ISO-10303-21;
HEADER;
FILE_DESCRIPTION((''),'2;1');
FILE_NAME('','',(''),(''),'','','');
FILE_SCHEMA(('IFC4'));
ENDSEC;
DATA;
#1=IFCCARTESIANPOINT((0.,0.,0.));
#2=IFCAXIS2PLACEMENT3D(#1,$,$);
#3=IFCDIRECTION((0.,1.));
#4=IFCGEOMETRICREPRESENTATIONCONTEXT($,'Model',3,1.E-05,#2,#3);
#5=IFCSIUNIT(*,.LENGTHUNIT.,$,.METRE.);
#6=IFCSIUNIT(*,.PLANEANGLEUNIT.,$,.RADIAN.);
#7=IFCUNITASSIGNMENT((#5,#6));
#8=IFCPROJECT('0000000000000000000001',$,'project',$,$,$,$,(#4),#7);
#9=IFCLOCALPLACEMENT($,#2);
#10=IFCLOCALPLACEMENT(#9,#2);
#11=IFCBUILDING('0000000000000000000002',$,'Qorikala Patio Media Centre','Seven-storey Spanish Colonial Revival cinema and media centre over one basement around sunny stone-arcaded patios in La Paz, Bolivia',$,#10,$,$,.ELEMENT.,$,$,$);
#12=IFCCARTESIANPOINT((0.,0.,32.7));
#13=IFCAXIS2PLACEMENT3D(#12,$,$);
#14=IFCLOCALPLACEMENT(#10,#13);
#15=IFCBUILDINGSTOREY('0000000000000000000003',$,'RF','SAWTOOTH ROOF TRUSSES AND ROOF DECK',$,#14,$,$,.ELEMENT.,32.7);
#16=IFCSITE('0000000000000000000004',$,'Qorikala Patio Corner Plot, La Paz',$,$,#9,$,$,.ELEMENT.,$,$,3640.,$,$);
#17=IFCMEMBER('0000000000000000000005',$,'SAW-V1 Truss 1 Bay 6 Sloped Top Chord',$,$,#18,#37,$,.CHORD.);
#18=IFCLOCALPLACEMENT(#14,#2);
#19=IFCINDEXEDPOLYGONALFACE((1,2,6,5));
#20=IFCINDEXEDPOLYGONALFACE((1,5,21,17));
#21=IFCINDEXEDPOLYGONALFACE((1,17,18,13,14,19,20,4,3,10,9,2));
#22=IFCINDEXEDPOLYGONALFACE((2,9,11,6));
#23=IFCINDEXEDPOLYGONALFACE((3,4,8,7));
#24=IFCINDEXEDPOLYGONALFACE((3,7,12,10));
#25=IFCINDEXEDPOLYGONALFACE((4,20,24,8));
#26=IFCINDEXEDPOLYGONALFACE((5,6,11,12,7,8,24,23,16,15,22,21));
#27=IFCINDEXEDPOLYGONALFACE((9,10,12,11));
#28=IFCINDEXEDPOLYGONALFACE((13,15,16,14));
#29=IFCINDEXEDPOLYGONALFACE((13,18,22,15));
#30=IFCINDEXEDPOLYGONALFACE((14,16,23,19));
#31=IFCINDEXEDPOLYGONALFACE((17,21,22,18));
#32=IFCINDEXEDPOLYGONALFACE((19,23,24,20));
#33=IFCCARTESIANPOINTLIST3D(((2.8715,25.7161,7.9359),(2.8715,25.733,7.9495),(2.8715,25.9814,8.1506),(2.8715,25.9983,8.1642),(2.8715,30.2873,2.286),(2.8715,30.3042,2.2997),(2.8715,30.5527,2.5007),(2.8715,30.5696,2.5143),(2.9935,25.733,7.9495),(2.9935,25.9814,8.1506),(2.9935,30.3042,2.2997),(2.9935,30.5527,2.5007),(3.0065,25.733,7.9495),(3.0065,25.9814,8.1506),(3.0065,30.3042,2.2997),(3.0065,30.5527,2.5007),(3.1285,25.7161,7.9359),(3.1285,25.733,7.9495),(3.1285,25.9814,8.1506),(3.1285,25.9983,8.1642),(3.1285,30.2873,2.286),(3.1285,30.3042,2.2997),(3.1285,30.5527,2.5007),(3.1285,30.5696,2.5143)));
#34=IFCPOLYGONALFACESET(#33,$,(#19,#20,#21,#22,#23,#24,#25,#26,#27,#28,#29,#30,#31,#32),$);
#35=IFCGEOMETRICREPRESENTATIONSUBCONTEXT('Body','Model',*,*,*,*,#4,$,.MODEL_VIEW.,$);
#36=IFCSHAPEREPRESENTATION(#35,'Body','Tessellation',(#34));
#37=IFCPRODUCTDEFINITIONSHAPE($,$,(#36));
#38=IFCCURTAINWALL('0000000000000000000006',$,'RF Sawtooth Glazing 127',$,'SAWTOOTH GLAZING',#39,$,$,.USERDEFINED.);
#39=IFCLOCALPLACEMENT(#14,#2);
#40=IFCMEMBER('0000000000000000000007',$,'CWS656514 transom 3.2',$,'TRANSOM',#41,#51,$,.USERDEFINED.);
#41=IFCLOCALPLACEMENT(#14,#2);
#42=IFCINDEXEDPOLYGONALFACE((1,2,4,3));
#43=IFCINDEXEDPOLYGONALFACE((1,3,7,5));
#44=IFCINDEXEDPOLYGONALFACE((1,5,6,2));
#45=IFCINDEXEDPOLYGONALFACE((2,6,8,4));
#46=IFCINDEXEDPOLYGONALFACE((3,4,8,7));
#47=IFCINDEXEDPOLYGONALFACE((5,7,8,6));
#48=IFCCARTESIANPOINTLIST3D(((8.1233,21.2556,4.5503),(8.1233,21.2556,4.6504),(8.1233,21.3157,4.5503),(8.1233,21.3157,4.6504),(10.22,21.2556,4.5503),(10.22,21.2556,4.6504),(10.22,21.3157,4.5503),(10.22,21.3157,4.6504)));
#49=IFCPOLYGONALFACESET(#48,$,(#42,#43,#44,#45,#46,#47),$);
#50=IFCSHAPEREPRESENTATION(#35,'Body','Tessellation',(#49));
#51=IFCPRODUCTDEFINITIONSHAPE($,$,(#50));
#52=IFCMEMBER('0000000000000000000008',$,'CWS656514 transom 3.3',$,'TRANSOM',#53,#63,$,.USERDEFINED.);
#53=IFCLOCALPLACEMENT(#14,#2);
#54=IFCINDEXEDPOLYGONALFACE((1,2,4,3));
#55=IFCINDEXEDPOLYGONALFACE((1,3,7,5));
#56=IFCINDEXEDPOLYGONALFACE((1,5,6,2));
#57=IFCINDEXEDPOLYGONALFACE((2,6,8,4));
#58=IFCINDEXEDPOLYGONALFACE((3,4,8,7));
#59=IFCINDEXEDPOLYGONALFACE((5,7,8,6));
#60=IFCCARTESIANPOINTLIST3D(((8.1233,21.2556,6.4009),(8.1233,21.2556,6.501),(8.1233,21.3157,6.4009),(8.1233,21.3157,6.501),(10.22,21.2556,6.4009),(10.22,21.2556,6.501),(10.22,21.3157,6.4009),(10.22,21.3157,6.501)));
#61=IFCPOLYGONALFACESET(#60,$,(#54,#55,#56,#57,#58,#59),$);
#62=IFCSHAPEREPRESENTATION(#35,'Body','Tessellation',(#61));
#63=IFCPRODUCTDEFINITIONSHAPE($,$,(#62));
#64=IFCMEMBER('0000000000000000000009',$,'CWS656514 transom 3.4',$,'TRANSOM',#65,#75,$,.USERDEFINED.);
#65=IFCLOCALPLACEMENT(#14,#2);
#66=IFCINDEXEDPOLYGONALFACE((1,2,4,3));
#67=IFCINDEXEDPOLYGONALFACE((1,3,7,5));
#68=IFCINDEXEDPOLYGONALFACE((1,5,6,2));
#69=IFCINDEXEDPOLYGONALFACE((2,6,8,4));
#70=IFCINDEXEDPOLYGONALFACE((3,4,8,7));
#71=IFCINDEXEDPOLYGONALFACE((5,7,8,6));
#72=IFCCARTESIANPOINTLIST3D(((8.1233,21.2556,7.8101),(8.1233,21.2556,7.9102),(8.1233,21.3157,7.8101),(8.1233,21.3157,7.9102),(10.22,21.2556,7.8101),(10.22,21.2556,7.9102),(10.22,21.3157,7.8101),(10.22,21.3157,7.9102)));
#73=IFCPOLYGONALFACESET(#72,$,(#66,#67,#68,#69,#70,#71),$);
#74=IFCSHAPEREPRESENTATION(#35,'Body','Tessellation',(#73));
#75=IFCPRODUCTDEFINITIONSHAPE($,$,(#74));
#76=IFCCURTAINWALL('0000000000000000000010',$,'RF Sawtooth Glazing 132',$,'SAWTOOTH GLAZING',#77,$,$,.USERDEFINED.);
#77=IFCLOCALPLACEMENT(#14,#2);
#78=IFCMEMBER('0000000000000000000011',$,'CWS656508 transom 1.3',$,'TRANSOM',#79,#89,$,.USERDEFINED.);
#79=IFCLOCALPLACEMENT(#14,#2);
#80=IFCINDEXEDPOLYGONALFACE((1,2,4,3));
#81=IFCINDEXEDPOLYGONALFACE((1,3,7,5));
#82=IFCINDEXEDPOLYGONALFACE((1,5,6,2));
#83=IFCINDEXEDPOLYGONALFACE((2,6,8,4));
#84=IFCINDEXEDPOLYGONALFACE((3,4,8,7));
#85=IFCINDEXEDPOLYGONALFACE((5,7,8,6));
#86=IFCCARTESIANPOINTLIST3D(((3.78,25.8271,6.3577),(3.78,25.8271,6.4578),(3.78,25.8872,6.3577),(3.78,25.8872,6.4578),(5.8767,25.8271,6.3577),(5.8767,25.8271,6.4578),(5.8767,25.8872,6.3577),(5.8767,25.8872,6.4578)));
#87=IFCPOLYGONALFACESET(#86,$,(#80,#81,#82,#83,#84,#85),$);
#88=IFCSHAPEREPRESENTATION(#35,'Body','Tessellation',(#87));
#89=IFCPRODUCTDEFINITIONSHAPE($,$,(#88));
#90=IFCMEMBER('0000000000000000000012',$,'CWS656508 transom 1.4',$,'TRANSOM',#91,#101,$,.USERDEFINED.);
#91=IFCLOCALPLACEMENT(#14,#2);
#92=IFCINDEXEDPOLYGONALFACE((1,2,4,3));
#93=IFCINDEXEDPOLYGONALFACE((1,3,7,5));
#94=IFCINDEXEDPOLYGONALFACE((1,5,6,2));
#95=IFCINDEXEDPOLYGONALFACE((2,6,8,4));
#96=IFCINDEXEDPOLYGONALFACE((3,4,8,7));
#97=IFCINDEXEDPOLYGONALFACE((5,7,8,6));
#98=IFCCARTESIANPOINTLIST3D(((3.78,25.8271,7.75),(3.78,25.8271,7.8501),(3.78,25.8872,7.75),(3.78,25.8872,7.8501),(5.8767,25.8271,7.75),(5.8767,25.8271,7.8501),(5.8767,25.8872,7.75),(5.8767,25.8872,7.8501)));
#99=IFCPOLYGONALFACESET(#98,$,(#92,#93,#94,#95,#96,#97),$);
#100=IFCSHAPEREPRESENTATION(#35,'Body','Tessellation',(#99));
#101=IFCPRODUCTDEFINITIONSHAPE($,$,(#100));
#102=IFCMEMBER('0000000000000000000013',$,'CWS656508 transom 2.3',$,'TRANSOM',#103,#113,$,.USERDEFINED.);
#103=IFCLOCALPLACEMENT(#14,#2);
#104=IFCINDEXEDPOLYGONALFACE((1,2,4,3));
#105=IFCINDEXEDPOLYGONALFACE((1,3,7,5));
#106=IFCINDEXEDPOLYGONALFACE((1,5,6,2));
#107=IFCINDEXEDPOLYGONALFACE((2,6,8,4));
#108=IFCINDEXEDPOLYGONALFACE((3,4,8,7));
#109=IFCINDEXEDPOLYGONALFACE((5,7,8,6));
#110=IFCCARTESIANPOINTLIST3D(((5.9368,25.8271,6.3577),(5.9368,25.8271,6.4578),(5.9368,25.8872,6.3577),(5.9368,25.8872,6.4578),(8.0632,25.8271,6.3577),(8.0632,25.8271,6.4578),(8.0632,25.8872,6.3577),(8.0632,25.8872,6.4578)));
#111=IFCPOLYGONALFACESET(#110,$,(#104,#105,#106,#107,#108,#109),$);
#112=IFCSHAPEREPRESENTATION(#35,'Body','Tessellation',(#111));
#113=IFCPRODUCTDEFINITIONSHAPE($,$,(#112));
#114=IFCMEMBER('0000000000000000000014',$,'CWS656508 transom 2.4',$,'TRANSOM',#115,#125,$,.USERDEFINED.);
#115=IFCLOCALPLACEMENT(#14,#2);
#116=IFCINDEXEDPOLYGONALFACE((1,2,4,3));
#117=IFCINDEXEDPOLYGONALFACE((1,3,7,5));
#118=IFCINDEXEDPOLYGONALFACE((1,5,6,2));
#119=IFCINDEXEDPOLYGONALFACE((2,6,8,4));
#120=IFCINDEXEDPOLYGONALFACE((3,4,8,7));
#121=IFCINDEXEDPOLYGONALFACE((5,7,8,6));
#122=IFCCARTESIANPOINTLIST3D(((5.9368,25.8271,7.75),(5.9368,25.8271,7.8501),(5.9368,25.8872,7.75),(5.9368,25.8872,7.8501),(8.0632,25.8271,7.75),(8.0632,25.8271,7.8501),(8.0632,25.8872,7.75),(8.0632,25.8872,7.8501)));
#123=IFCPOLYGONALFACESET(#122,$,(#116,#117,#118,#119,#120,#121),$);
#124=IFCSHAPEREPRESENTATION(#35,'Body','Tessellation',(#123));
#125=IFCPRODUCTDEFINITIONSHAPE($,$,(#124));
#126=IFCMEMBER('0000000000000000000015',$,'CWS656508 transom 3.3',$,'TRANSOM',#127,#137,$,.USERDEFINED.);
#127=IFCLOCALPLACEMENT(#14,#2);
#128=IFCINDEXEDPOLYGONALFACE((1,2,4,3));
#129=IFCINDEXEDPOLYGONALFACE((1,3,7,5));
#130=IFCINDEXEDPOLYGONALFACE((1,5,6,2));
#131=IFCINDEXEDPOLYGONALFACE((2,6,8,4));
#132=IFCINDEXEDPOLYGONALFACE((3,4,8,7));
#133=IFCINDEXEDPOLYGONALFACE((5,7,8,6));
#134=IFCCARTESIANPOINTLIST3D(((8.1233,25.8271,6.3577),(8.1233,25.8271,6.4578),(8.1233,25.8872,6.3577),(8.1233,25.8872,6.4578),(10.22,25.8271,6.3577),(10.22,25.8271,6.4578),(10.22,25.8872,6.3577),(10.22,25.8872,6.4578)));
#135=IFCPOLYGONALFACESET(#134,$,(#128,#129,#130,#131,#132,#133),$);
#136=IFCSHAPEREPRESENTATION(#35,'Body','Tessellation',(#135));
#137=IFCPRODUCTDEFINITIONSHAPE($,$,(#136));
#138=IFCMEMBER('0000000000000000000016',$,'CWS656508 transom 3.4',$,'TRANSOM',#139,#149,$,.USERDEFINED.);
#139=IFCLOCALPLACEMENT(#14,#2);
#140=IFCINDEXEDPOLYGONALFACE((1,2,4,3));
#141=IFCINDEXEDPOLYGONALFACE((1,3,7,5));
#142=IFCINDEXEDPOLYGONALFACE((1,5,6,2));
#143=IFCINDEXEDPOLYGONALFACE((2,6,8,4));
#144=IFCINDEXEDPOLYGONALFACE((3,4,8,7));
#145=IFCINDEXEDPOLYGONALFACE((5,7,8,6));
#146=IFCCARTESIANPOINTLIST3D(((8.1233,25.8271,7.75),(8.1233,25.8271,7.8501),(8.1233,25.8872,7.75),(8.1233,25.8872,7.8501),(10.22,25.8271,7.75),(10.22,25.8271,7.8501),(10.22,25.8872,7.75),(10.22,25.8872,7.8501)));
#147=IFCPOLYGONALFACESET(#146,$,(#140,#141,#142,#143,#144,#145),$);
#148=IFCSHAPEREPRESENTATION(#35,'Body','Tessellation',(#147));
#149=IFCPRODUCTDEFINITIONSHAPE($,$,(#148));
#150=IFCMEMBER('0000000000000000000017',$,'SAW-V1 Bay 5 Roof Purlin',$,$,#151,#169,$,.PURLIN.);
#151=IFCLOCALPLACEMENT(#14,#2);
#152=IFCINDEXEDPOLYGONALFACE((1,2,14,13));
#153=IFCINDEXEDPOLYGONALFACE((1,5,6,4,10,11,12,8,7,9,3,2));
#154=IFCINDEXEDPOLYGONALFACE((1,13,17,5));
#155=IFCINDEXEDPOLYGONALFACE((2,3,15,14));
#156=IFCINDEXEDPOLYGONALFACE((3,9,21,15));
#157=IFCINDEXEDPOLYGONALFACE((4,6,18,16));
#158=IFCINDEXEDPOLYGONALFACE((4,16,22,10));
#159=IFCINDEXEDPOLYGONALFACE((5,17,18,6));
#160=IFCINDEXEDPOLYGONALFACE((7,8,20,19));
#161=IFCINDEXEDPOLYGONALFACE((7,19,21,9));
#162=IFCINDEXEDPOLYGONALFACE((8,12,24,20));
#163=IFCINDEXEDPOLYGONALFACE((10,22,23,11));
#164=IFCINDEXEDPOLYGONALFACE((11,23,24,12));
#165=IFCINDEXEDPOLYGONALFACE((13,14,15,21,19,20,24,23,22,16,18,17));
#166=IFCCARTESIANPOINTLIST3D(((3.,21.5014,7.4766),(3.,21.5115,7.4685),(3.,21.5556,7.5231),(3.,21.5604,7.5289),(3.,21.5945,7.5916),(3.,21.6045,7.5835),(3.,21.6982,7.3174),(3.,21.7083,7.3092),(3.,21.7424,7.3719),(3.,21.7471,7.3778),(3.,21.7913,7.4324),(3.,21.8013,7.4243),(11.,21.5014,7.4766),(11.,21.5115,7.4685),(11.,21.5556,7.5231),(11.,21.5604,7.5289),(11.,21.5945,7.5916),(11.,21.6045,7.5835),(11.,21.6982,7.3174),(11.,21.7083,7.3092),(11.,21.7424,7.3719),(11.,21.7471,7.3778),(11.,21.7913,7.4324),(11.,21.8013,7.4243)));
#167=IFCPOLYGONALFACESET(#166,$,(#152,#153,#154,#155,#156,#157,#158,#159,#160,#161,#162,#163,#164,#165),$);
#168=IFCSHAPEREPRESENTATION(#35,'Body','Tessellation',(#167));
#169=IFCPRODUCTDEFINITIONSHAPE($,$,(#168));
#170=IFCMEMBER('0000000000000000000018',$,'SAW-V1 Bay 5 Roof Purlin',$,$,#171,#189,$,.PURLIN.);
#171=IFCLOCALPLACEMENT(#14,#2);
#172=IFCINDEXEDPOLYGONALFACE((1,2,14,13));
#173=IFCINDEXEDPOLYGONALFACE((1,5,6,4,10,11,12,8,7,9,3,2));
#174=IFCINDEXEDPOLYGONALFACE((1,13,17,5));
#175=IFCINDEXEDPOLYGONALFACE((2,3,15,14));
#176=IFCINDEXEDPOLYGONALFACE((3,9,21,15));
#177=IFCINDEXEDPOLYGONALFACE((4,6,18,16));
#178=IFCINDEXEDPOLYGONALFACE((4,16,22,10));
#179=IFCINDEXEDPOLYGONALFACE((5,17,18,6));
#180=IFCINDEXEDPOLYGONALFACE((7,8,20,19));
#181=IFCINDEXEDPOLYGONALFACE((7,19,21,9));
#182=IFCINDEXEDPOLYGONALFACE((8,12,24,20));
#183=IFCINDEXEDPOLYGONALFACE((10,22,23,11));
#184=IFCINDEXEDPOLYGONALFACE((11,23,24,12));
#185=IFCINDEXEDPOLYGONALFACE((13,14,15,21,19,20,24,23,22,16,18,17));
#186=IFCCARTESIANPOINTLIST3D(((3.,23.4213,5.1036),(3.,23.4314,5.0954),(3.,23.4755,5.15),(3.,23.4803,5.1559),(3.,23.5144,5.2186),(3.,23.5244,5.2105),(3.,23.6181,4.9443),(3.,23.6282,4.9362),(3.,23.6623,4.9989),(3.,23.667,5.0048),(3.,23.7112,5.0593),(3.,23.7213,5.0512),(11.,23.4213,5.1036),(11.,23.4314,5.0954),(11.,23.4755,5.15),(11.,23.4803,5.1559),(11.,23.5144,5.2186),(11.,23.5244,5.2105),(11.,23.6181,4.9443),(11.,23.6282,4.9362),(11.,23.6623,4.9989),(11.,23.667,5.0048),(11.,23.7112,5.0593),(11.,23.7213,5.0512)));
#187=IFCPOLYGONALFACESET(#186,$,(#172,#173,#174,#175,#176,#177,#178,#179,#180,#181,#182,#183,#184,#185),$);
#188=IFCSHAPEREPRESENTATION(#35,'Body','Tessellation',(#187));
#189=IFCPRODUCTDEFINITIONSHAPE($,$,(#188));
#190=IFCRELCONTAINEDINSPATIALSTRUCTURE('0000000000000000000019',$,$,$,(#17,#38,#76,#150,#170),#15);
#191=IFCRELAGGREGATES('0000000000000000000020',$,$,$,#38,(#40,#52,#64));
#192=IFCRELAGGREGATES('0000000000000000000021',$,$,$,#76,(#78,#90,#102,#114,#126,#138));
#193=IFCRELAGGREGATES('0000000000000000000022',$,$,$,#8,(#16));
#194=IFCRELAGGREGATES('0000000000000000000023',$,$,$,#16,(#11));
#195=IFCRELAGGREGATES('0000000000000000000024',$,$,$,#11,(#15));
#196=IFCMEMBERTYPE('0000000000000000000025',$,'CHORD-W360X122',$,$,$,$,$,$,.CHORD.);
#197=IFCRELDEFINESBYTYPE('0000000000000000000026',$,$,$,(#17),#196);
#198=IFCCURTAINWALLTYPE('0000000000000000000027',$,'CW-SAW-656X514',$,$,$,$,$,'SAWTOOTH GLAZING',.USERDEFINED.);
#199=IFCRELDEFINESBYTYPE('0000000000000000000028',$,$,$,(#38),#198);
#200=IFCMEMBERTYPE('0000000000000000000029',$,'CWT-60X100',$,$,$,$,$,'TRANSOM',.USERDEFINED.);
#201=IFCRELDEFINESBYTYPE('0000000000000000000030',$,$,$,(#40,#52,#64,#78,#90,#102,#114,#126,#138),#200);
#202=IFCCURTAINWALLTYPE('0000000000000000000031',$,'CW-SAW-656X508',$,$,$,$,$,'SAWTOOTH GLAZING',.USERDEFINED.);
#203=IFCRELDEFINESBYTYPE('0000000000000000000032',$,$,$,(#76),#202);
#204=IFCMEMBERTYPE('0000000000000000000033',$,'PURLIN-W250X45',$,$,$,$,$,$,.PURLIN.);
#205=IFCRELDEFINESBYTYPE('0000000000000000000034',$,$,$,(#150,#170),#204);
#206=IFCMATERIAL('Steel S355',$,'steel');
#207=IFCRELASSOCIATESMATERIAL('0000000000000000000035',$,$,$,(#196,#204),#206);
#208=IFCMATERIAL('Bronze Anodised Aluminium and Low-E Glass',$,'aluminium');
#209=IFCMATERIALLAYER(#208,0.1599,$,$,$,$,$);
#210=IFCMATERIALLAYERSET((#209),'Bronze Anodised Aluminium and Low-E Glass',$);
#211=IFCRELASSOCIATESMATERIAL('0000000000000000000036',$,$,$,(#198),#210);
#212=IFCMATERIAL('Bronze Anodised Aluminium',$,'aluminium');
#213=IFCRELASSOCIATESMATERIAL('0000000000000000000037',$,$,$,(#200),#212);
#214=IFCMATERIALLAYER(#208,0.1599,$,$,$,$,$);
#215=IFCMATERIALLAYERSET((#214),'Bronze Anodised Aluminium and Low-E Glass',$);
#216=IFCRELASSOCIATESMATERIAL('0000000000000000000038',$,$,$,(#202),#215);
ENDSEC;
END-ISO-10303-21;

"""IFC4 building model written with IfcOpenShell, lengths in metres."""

from ifc_helpers import new_model, si_unit, direction, frame, origin, origin_2d, place, context, subcontext, project, spatial, rectangle, i_section, extrude, material, layer, layer_set, material_profile, profile_set, type_object, element, aggregate, save


model = new_model("IFC4")

# Units and contexts
model_context = context("Model", 3, precision=1e-05, world=origin(), true_north=direction((0.0, 1.0)))
body_context = subcontext(model_context, "Body", "Model", "MODEL_VIEW")
ifc_project = project(units=[si_unit("LENGTHUNIT", "METRE"), si_unit("PLANEANGLEUNIT", "RADIAN")], contexts=[model_context])

# Site, building, storey
site_placement = place(None, origin())
site = spatial("IfcSite", under=ifc_project, at=site_placement, Name="Qorikala Patio Corner Plot, La Paz", CompositionType="ELEMENT", RefElevation=3640.0)
building_placement = place(site_placement, origin())
building = spatial("IfcBuilding", under=site, at=building_placement, Name="Qorikala Patio Media Centre", Description="Seven-storey Spanish Colonial Revival cinema and media centre over one basement around sunny stone-arcaded patios in La Paz, Bolivia", CompositionType="ELEMENT")
storey_placement = place(building_placement, frame((0.0, 0.0, 32.7)))
storey = spatial("IfcBuildingStorey", under=building, at=storey_placement, Name="RF", Description="SAWTOOTH ROOF TRUSSES AND ROOF DECK", CompositionType="ELEMENT", Elevation=32.7)

# Member
ifc_material_1 = material(Name="Steel S355", Category="steel")
ifc_material_profile_1 = material_profile(ifc_material_1, i_section(OverallWidth=0.2571, OverallDepth=0.363, WebThickness=0.0129, FlangeThickness=0.0217, at=origin_2d()), Name="W360X122")
ifc_profile_set_1 = profile_set([ifc_material_profile_1], Name="Steel S355")
member_type_1 = type_object("IfcMemberType", Name="CHORD-W360X122", PredefinedType="CHORD", material=ifc_profile_set_1)
member_1_placement = place(storey_placement, frame((3.0, 25.8572, 8.05), z_axis=(0.0, 0.628995, -0.777409), x_axis=(-1.0, 0.0, 0.0)))
element("IfcMember", 1, at=member_1_placement, inside=storey, type_object=member_type_1, Name="SAW-V1 Truss 1 Bay 6 Sloped Top Chord", PredefinedType="CHORD", context=body_context, shape_type="SweptSolid", body=[
    extrude(i_section(OverallWidth=0.2571, OverallDepth=0.363, WebThickness=0.0129, FlangeThickness=0.0217, at=origin_2d()), origin(), (0.0, 0.0, 1.0), 7.2676),
])

# Curtain walls, members
ifc_material_2 = material(Name="Bronze Anodised Aluminium and Low-E Glass", Category="aluminium")
ifc_layer_1 = layer(ifc_material_2, 0.1599)
ifc_layer_set_1 = layer_set([ifc_layer_1], Name="Bronze Anodised Aluminium and Low-E Glass")
curtain_wall_type_1 = type_object("IfcCurtainWallType", Name="CW-SAW-656X514", ElementType="SAWTOOTH GLAZING", PredefinedType="USERDEFINED", material=ifc_layer_set_1)
curtain_wall_1_placement = place(storey_placement, origin())
curtain_wall_1 = element("IfcCurtainWall", 2, at=curtain_wall_1_placement, inside=storey, type_object=curtain_wall_type_1, Name="RF Sawtooth Glazing 127", ObjectType="SAWTOOTH GLAZING", PredefinedType="USERDEFINED")
ifc_material_3 = material(Name="Bronze Anodised Aluminium", Category="aluminium")
ifc_material_profile_2 = material_profile(ifc_material_3, rectangle(XDim=0.0601, YDim=0.1001, at=origin_2d()), Name="ALU TRANSOM 60x100")
ifc_profile_set_2 = profile_set([ifc_material_profile_2], Name="Bronze Anodised Aluminium")
member_type_2 = type_object("IfcMemberType", Name="CWT-60X100", ElementType="TRANSOM", PredefinedType="USERDEFINED", material=ifc_profile_set_2)
member_2_placement = place(storey_placement, frame((8.1233, 21.2856, 4.6003), z_axis=(1.0, 0.0, 0.0), x_axis=(0.0, 1.0, 0.0)))
member_2 = element("IfcMember", 3, at=member_2_placement, type_object=member_type_2, Name="CWS656514 transom 3.2", ObjectType="TRANSOM", PredefinedType="USERDEFINED", context=body_context, shape_type="SweptSolid", body=[
    extrude(rectangle(XDim=0.0601, YDim=0.1001, at=origin_2d()), origin(), (0.0, 0.0, 1.0), 2.0967),
])
member_3_placement = place(storey_placement, frame((8.1233, 21.2856, 6.4509), z_axis=(1.0, 0.0, 0.0), x_axis=(0.0, 1.0, 0.0)))
member_3 = element("IfcMember", 4, at=member_3_placement, type_object=member_type_2, Name="CWS656514 transom 3.3", ObjectType="TRANSOM", PredefinedType="USERDEFINED", context=body_context, shape_type="SweptSolid", body=[
    extrude(rectangle(XDim=0.0601, YDim=0.1001, at=origin_2d()), origin(), (0.0, 0.0, 1.0), 2.0967),
])
member_4_placement = place(storey_placement, frame((8.1233, 21.2856, 7.8601), z_axis=(1.0, 0.0, 0.0), x_axis=(0.0, 1.0, 0.0)))
member_4 = element("IfcMember", 5, at=member_4_placement, type_object=member_type_2, Name="CWS656514 transom 3.4", ObjectType="TRANSOM", PredefinedType="USERDEFINED", context=body_context, shape_type="SweptSolid", body=[
    extrude(rectangle(XDim=0.0601, YDim=0.1001, at=origin_2d()), origin(), (0.0, 0.0, 1.0), 2.0967),
])
ifc_layer_2 = layer(ifc_material_2, 0.1599)
ifc_layer_set_2 = layer_set([ifc_layer_2], Name="Bronze Anodised Aluminium and Low-E Glass")
curtain_wall_type_2 = type_object("IfcCurtainWallType", Name="CW-SAW-656X508", ElementType="SAWTOOTH GLAZING", PredefinedType="USERDEFINED", material=ifc_layer_set_2)
curtain_wall_2_placement = place(storey_placement, origin())
curtain_wall_2 = element("IfcCurtainWall", 6, at=curtain_wall_2_placement, inside=storey, type_object=curtain_wall_type_2, Name="RF Sawtooth Glazing 132", ObjectType="SAWTOOTH GLAZING", PredefinedType="USERDEFINED")
member_5_placement = place(storey_placement, frame((3.78, 25.8572, 6.4077), z_axis=(1.0, 0.0, 0.0), x_axis=(0.0, 1.0, 0.0)))
member_5 = element("IfcMember", 7, at=member_5_placement, type_object=member_type_2, Name="CWS656508 transom 1.3", ObjectType="TRANSOM", PredefinedType="USERDEFINED", context=body_context, shape_type="SweptSolid", body=[
    extrude(rectangle(XDim=0.0601, YDim=0.1001, at=origin_2d()), origin(), (0.0, 0.0, 1.0), 2.0967),
])
member_6_placement = place(storey_placement, frame((3.78, 25.8572, 7.8), z_axis=(1.0, 0.0, 0.0), x_axis=(0.0, 1.0, 0.0)))
member_6 = element("IfcMember", 8, at=member_6_placement, type_object=member_type_2, Name="CWS656508 transom 1.4", ObjectType="TRANSOM", PredefinedType="USERDEFINED", context=body_context, shape_type="SweptSolid", body=[
    extrude(rectangle(XDim=0.0601, YDim=0.1001, at=origin_2d()), origin(), (0.0, 0.0, 1.0), 2.0967),
])
member_7_placement = place(storey_placement, frame((5.9368, 25.8572, 6.4077), z_axis=(1.0, 0.0, 0.0), x_axis=(0.0, 1.0, 0.0)))
member_7 = element("IfcMember", 9, at=member_7_placement, type_object=member_type_2, Name="CWS656508 transom 2.3", ObjectType="TRANSOM", PredefinedType="USERDEFINED", context=body_context, shape_type="SweptSolid", body=[
    extrude(rectangle(XDim=0.0601, YDim=0.1001, at=origin_2d()), origin(), (0.0, 0.0, 1.0), 2.1265),
])
member_8_placement = place(storey_placement, frame((5.9368, 25.8572, 7.8), z_axis=(1.0, 0.0, 0.0), x_axis=(0.0, 1.0, 0.0)))
member_8 = element("IfcMember", 10, at=member_8_placement, type_object=member_type_2, Name="CWS656508 transom 2.4", ObjectType="TRANSOM", PredefinedType="USERDEFINED", context=body_context, shape_type="SweptSolid", body=[
    extrude(rectangle(XDim=0.0601, YDim=0.1001, at=origin_2d()), origin(), (0.0, 0.0, 1.0), 2.1265),
])
member_9_placement = place(storey_placement, frame((8.1233, 25.8572, 6.4077), z_axis=(1.0, 0.0, 0.0), x_axis=(0.0, 1.0, 0.0)))
member_9 = element("IfcMember", 11, at=member_9_placement, type_object=member_type_2, Name="CWS656508 transom 3.3", ObjectType="TRANSOM", PredefinedType="USERDEFINED", context=body_context, shape_type="SweptSolid", body=[
    extrude(rectangle(XDim=0.0601, YDim=0.1001, at=origin_2d()), origin(), (0.0, 0.0, 1.0), 2.0967),
])
member_10_placement = place(storey_placement, frame((8.1233, 25.8572, 7.8), z_axis=(1.0, 0.0, 0.0), x_axis=(0.0, 1.0, 0.0)))
member_10 = element("IfcMember", 12, at=member_10_placement, type_object=member_type_2, Name="CWS656508 transom 3.4", ObjectType="TRANSOM", PredefinedType="USERDEFINED", context=body_context, shape_type="SweptSolid", body=[
    extrude(rectangle(XDim=0.0601, YDim=0.1001, at=origin_2d()), origin(), (0.0, 0.0, 1.0), 2.0967),
])

# Members
ifc_material_profile_3 = material_profile(ifc_material_1, i_section(OverallWidth=0.1479, OverallDepth=0.2661, WebThickness=0.0076, FlangeThickness=0.0129, at=origin_2d()), Name="W250X45")
ifc_profile_set_3 = profile_set([ifc_material_profile_3], Name="Steel S355")
member_type_3 = type_object("IfcMemberType", Name="PURLIN-W250X45", PredefinedType="PURLIN", material=ifc_profile_set_3)
for number, where, z_axis, x_axis, name in (
    (13, (3.0, 21.6514, 7.4504), (1.0, 0.0, 0.0), (0.0, 0.628995, 0.77741), "SAW-V1 Bay 5 Roof Purlin"),
    (14, (3.0, 23.5713, 5.0774), (1.0, 0.0, 0.0), (0.0, 0.628995, 0.77741), "SAW-V1 Bay 5 Roof Purlin"),
):
    element("IfcMember", number, at=place(storey_placement, frame(where, z_axis=z_axis, x_axis=x_axis)), inside=storey, type_object=member_type_3, Name=name, PredefinedType="PURLIN", context=body_context, shape_type="SweptSolid", body=[
        extrude(i_section(OverallWidth=0.1479, OverallDepth=0.2661, WebThickness=0.0076, FlangeThickness=0.0129, at=origin_2d()), origin(), (0.0, 0.0, 1.0), 8.0),
    ])

aggregate(curtain_wall_1, [member_2, member_3, member_4])
aggregate(curtain_wall_2, [member_5, member_6, member_7, member_8, member_9, member_10])

save(model, "model.ifc")
